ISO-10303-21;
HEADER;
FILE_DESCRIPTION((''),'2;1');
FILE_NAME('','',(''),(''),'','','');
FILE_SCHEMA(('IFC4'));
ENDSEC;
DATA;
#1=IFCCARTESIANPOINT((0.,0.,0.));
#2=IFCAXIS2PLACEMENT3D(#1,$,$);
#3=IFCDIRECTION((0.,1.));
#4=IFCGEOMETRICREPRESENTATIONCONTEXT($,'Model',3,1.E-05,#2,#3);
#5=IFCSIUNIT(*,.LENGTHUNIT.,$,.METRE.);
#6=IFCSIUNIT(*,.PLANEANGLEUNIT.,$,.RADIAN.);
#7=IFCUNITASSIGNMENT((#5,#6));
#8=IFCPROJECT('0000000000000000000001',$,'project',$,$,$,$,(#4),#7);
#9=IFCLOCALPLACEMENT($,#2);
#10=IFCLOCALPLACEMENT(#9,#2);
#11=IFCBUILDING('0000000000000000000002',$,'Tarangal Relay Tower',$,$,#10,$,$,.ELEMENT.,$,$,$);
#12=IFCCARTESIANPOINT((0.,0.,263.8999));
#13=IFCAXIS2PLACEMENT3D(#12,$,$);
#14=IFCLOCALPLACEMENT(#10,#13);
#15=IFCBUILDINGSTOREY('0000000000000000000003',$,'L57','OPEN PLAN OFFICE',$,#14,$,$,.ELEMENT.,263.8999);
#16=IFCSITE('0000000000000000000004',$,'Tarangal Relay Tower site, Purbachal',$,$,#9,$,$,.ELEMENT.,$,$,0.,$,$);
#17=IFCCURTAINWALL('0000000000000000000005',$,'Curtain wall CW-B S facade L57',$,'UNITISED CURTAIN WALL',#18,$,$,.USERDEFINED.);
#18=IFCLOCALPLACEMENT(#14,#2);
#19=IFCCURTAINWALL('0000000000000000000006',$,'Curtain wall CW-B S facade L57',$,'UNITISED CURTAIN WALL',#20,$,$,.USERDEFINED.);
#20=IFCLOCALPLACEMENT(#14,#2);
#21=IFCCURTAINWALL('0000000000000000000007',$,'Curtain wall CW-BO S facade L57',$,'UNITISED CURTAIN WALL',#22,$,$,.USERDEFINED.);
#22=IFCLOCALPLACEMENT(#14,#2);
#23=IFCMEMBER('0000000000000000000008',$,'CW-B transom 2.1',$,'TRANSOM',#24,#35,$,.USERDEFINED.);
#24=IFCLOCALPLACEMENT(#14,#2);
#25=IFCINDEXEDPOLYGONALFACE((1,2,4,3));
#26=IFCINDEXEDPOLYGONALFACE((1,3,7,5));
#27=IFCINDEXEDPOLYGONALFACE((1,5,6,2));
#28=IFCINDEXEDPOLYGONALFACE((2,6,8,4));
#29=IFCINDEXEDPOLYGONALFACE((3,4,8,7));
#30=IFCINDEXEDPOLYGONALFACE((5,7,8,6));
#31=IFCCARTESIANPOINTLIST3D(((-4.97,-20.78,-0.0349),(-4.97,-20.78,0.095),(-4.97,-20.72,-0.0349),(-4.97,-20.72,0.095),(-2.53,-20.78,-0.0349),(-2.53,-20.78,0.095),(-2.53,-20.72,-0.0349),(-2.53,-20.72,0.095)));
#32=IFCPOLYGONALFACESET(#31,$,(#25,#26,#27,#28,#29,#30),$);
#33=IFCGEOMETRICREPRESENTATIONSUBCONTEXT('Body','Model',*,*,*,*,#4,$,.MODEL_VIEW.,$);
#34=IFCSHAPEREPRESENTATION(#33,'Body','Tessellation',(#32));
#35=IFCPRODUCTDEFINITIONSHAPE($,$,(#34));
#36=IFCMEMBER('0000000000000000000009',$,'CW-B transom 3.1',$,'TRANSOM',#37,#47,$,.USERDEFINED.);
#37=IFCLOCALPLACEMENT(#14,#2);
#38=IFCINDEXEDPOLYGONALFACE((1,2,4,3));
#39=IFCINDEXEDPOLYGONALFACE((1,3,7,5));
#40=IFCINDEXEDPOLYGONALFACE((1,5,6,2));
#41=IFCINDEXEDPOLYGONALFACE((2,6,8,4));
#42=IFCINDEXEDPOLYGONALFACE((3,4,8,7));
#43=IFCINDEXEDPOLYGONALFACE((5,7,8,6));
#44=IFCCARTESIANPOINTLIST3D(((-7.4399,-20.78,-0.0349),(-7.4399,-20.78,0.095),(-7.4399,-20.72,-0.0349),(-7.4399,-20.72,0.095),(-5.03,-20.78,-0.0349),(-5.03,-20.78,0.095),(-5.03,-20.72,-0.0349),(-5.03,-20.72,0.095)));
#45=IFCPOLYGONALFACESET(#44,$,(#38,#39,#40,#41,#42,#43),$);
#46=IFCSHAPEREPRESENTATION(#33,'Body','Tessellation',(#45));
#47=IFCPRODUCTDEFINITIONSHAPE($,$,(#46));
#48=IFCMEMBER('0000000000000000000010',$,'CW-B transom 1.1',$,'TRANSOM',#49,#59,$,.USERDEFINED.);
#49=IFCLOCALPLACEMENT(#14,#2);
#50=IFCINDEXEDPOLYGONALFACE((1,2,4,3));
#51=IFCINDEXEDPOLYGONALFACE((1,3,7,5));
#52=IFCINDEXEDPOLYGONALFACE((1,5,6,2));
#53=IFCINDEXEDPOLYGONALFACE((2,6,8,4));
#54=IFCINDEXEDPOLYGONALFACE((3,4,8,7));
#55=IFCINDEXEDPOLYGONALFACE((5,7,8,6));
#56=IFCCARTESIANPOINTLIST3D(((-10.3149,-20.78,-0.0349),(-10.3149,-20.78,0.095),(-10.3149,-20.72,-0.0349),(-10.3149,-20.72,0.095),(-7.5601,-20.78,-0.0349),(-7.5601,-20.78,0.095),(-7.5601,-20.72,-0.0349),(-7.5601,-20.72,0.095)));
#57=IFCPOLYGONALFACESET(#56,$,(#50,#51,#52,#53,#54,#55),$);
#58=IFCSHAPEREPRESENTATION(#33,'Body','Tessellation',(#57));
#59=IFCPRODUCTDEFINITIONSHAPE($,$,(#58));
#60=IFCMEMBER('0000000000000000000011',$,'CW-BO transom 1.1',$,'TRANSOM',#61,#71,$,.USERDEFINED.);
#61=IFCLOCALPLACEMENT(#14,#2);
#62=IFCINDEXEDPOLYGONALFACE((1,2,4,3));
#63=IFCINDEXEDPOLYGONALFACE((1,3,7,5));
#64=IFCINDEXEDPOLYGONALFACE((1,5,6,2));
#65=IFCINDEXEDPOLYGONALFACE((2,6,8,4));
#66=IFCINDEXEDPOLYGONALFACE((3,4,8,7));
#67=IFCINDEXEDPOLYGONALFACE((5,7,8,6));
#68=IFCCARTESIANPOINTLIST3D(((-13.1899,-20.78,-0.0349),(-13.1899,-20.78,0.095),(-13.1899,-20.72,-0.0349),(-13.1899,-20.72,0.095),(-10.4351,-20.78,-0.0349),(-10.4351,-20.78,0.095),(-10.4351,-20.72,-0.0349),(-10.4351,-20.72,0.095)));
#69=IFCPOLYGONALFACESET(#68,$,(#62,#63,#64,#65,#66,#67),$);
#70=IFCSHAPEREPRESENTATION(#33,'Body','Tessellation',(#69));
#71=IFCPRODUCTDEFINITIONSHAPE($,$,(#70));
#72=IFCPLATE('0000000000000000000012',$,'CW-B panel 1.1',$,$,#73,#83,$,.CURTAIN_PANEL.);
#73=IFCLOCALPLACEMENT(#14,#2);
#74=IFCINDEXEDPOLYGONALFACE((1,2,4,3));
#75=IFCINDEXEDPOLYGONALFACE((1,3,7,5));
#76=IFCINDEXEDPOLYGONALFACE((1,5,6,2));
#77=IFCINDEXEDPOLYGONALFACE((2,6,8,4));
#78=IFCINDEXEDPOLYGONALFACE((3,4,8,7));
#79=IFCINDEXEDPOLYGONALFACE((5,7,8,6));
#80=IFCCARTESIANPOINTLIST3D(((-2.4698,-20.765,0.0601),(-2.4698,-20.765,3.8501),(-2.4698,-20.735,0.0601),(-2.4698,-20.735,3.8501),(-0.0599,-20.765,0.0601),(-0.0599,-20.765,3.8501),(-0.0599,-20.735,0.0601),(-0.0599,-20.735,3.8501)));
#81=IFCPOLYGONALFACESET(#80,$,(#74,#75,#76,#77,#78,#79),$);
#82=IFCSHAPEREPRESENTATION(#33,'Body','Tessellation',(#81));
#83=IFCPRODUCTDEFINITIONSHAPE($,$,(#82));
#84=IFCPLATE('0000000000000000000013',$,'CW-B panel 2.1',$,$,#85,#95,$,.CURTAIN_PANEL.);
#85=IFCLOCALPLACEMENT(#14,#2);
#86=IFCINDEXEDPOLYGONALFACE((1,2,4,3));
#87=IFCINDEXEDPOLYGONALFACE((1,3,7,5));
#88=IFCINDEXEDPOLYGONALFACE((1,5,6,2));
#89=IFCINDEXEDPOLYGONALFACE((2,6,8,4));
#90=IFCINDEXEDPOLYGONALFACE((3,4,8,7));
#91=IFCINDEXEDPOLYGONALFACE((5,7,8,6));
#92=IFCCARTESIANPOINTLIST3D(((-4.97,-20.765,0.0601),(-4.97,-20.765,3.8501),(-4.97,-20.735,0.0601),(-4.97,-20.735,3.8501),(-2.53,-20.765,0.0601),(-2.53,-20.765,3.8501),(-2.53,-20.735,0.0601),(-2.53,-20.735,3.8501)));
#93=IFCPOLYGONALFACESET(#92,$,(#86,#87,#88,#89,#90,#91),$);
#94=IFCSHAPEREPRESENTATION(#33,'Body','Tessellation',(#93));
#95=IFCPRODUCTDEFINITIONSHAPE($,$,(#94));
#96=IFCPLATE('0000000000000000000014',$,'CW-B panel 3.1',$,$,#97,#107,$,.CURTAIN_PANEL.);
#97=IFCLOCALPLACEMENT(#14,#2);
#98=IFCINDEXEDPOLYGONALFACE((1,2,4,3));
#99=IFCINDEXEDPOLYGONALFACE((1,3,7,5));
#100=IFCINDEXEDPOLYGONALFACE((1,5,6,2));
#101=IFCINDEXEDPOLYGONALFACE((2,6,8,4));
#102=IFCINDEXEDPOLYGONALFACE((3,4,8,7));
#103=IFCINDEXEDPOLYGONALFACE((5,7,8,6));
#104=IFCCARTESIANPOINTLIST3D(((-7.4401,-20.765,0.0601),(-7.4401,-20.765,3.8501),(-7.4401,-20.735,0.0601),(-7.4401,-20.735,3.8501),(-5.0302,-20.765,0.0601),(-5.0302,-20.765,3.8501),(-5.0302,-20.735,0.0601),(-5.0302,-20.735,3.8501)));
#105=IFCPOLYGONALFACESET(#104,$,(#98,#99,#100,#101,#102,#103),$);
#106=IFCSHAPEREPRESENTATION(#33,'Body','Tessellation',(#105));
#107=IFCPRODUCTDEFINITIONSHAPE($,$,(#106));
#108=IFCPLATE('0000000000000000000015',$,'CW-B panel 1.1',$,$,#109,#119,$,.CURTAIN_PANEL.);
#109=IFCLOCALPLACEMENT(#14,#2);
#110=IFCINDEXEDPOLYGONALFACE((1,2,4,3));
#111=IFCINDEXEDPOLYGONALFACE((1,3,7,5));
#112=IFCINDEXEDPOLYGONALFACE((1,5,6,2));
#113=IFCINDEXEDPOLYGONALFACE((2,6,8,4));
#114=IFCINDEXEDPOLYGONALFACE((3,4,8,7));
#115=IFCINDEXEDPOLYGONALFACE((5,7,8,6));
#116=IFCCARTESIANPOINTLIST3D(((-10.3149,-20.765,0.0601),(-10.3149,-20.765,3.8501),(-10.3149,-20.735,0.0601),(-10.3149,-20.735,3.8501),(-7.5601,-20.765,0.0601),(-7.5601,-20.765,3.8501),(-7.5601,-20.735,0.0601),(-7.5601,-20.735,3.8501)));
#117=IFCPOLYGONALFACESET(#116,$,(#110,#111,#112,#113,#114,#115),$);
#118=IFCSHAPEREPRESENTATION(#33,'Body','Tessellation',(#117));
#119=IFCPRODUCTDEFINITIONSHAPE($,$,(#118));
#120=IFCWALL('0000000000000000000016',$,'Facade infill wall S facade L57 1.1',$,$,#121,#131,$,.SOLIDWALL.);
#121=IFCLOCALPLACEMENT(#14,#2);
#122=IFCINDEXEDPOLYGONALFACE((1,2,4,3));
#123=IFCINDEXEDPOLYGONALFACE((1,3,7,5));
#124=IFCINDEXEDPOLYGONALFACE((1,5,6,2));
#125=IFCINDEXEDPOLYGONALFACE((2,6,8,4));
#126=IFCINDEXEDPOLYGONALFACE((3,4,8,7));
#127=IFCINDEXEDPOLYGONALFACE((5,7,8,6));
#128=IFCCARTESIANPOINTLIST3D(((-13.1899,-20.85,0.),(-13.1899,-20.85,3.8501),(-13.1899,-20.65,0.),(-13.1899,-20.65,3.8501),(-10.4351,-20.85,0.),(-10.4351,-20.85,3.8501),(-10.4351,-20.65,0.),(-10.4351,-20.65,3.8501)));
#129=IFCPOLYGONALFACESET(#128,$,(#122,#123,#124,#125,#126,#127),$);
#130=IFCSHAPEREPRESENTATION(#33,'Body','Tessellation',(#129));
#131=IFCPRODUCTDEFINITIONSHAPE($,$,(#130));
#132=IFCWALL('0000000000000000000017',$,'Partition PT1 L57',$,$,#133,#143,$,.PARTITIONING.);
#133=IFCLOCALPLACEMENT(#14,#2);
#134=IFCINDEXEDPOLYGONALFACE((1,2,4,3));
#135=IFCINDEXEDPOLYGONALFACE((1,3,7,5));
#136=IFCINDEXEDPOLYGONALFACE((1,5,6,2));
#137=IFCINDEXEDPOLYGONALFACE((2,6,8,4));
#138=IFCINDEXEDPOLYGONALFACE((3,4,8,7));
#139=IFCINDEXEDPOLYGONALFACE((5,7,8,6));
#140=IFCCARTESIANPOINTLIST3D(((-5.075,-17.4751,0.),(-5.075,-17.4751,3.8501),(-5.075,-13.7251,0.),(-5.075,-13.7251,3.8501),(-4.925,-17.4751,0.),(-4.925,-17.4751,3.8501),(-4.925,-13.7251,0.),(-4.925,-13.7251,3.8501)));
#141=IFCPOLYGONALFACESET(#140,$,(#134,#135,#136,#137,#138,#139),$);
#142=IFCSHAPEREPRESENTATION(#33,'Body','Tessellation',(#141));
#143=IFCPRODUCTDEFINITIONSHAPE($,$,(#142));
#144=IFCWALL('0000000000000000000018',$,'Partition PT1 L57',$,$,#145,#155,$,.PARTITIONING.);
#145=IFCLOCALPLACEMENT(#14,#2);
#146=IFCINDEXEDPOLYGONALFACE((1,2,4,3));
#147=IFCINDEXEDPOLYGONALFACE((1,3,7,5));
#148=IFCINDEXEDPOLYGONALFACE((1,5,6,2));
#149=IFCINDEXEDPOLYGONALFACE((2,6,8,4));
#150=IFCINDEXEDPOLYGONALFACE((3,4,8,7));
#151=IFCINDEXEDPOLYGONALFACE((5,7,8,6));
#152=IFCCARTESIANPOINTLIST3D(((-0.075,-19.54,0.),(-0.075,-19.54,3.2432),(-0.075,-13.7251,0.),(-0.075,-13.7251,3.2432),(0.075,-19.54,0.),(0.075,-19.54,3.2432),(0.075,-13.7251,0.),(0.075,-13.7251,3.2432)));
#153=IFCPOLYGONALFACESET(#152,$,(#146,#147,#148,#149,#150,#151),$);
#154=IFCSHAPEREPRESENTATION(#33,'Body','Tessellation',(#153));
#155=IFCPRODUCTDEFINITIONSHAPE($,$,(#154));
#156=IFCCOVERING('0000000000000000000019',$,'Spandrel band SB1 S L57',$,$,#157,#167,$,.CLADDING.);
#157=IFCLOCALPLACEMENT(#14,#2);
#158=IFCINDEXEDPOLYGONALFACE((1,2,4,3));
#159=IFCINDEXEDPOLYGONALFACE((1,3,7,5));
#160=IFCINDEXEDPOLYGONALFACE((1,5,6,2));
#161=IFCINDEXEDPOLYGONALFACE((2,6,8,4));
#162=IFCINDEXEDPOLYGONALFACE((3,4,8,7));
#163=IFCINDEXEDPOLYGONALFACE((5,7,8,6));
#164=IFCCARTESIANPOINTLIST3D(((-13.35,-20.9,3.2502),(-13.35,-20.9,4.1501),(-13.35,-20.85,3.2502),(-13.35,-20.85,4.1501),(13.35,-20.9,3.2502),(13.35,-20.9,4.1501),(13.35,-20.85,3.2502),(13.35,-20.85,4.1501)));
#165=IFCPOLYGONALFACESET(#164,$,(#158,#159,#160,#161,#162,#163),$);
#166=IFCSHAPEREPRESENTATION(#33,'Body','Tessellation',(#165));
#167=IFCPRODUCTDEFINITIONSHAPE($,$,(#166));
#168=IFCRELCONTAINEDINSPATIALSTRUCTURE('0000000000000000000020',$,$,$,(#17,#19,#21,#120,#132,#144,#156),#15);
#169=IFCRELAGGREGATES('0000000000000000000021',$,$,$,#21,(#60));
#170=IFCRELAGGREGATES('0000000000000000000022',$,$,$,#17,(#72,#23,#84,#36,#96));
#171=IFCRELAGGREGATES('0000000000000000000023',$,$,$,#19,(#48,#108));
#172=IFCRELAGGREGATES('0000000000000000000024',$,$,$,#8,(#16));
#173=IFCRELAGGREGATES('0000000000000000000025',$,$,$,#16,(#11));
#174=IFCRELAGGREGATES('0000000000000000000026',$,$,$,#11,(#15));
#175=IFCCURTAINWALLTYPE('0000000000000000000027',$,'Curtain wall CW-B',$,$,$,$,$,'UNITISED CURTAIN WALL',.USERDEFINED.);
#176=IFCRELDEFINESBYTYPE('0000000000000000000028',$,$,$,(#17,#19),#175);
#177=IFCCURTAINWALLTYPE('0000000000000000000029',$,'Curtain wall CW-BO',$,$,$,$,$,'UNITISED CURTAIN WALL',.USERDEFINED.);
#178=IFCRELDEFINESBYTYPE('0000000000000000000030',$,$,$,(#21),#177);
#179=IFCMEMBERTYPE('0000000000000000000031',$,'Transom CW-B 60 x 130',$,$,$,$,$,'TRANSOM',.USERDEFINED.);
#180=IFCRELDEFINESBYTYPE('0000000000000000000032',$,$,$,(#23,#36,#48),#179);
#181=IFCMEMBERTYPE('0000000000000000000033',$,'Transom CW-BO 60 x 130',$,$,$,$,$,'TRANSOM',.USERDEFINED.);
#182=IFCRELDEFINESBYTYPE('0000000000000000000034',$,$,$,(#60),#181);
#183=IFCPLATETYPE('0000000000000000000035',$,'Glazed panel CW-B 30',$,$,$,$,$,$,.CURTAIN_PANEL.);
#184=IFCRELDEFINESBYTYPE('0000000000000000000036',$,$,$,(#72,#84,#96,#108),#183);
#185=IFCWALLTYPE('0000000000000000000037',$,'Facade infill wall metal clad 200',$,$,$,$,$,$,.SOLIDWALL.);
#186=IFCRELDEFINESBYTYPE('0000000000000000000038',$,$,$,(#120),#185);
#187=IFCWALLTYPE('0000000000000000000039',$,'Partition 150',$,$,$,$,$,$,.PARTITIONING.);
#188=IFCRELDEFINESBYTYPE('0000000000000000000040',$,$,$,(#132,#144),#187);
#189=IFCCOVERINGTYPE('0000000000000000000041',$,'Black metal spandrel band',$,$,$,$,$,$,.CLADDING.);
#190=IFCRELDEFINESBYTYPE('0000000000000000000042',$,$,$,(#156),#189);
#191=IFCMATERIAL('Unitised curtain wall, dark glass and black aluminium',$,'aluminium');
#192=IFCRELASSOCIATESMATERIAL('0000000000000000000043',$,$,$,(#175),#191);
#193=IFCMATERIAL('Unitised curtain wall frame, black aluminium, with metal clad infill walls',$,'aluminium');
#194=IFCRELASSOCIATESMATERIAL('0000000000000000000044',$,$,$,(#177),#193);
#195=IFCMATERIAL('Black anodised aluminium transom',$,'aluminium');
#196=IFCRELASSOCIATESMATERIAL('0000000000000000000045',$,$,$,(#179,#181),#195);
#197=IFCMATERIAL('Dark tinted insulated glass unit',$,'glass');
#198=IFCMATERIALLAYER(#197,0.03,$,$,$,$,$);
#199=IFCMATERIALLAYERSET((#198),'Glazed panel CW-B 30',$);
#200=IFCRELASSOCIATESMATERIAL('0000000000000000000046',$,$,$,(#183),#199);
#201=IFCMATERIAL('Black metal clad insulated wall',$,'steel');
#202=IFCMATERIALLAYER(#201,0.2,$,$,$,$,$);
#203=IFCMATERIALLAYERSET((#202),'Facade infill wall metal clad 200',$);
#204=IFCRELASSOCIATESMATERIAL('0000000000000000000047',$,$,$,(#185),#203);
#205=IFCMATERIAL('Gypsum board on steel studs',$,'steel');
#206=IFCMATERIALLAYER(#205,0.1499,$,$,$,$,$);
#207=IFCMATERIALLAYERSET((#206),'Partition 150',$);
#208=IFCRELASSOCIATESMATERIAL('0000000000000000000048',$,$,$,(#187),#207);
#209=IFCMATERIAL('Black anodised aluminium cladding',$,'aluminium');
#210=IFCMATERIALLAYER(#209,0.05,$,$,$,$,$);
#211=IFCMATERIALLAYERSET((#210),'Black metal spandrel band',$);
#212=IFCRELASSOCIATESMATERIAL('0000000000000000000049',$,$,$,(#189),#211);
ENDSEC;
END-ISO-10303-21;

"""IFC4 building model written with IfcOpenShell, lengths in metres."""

from ifc_helpers import new_model, si_unit, direction, frame, frame_2d, origin, origin_2d, place, context, subcontext, project, spatial, rectangle, extrude, material, layer, layer_set, material_profile, profile_set, type_object, element, aggregate, save


model = new_model("IFC4")

# Units and contexts
model_context = context("Model", 3, precision=1e-05, world=origin(), true_north=direction((0.0, 1.0)))
body_context = subcontext(model_context, "Body", "Model", "MODEL_VIEW")
ifc_project = project(units=[si_unit("LENGTHUNIT", "METRE"), si_unit("PLANEANGLEUNIT", "RADIAN")], contexts=[model_context])

# Site, building, storey
site_placement = place(None, origin())
site = spatial("IfcSite", under=ifc_project, at=site_placement, Name="Tarangal Relay Tower site, Purbachal", CompositionType="ELEMENT", RefElevation=0.0)
building_placement = place(site_placement, origin())
building = spatial("IfcBuilding", under=site, at=building_placement, Name="Tarangal Relay Tower", CompositionType="ELEMENT")
storey_placement = place(building_placement, frame((0.0, 0.0, 263.8999)))
storey = spatial("IfcBuildingStorey", under=building, at=storey_placement, Name="L57", Description="OPEN PLAN OFFICE", CompositionType="ELEMENT", Elevation=263.8999)

# Curtain walls
ifc_material_1 = material(Name="Unitised curtain wall, dark glass and black aluminium", Category="aluminium")
curtain_wall_type_1 = type_object("IfcCurtainWallType", Name="Curtain wall CW-B", ElementType="UNITISED CURTAIN WALL", PredefinedType="USERDEFINED", material=ifc_material_1)
curtain_wall_1_placement = place(storey_placement, origin())
curtain_wall_1 = element("IfcCurtainWall", 1, at=curtain_wall_1_placement, inside=storey, type_object=curtain_wall_type_1, Name="Curtain wall CW-B S facade L57", ObjectType="UNITISED CURTAIN WALL", PredefinedType="USERDEFINED")
curtain_wall_2_placement = place(storey_placement, origin())
curtain_wall_2 = element("IfcCurtainWall", 2, at=curtain_wall_2_placement, inside=storey, type_object=curtain_wall_type_1, Name="Curtain wall CW-B S facade L57", ObjectType="UNITISED CURTAIN WALL", PredefinedType="USERDEFINED")

# Curtain wall
ifc_material_2 = material(Name="Unitised curtain wall frame, black aluminium, with metal clad infill walls", Category="aluminium")
curtain_wall_type_2 = type_object("IfcCurtainWallType", Name="Curtain wall CW-BO", ElementType="UNITISED CURTAIN WALL", PredefinedType="USERDEFINED", material=ifc_material_2)
curtain_wall_3_placement = place(storey_placement, origin())
curtain_wall_3 = element("IfcCurtainWall", 3, at=curtain_wall_3_placement, inside=storey, type_object=curtain_wall_type_2, Name="Curtain wall CW-BO S facade L57", ObjectType="UNITISED CURTAIN WALL", PredefinedType="USERDEFINED")

# Members
ifc_material_3 = material(Name="Black anodised aluminium transom", Category="aluminium")
ifc_material_profile_1 = material_profile(ifc_material_3, rectangle(XDim=0.0601, YDim=0.1299, at=origin_2d()), Name="CW-BT 60X130")
ifc_profile_set_1 = profile_set([ifc_material_profile_1], Name="Black anodised aluminium transom")
member_type_1 = type_object("IfcMemberType", Name="Transom CW-B 60 x 130", ElementType="TRANSOM", PredefinedType="USERDEFINED", material=ifc_profile_set_1)
member_1_placement = place(storey_placement, frame((-2.53, -20.75, 0.03), z_axis=(-1.0, 0.0, 0.0), x_axis=(0.0, -1.0, 0.0)))
member_1 = element("IfcMember", 4, at=member_1_placement, type_object=member_type_1, Name="CW-B transom 2.1", ObjectType="TRANSOM", PredefinedType="USERDEFINED", context=body_context, shape_type="SweptSolid", body=[
    extrude(rectangle(XDim=0.0601, YDim=0.1299, at=origin_2d()), origin(), (0.0, 0.0, 1.0), 2.4399),
])
member_2_placement = place(storey_placement, frame((-5.03, -20.75, 0.03), z_axis=(-1.0, 0.0, 0.0), x_axis=(0.0, -1.0, 0.0)))
member_2 = element("IfcMember", 5, at=member_2_placement, type_object=member_type_1, Name="CW-B transom 3.1", ObjectType="TRANSOM", PredefinedType="USERDEFINED", context=body_context, shape_type="SweptSolid", body=[
    extrude(rectangle(XDim=0.0601, YDim=0.1299, at=origin_2d()), origin(), (0.0, 0.0, 1.0), 2.4099),
])
member_3_placement = place(storey_placement, frame((-7.5601, -20.75, 0.03), z_axis=(-1.0, 0.0, 0.0), x_axis=(0.0, -1.0, 0.0)))
member_3 = element("IfcMember", 6, at=member_3_placement, type_object=member_type_1, Name="CW-B transom 1.1", ObjectType="TRANSOM", PredefinedType="USERDEFINED", context=body_context, shape_type="SweptSolid", body=[
    extrude(rectangle(XDim=0.0601, YDim=0.1299, at=origin_2d()), origin(), (0.0, 0.0, 1.0), 2.7549),
])
ifc_material_profile_2 = material_profile(ifc_material_3, rectangle(XDim=0.0601, YDim=0.1299, at=origin_2d()), Name="CW-BOT 60X130")
ifc_profile_set_2 = profile_set([ifc_material_profile_2], Name="Black anodised aluminium transom")
member_type_2 = type_object("IfcMemberType", Name="Transom CW-BO 60 x 130", ElementType="TRANSOM", PredefinedType="USERDEFINED", material=ifc_profile_set_2)
member_4_placement = place(storey_placement, frame((-10.4351, -20.75, 0.03), z_axis=(-1.0, 0.0, 0.0), x_axis=(0.0, -1.0, 0.0)))
member_4 = element("IfcMember", 7, at=member_4_placement, type_object=member_type_2, Name="CW-BO transom 1.1", ObjectType="TRANSOM", PredefinedType="USERDEFINED", context=body_context, shape_type="SweptSolid", body=[
    extrude(rectangle(XDim=0.0601, YDim=0.1299, at=origin_2d()), origin(), (0.0, 0.0, 1.0), 2.7549),
])
aggregate(curtain_wall_3, [member_4])

# Plates
ifc_material_4 = material(Name="Dark tinted insulated glass unit", Category="glass")
ifc_layer_1 = layer(ifc_material_4, 0.03)
ifc_layer_set_1 = layer_set([ifc_layer_1], Name="Glazed panel CW-B 30")
plate_type = type_object("IfcPlateType", Name="Glazed panel CW-B 30", PredefinedType="CURTAIN_PANEL", material=ifc_layer_set_1)
plate_1_placement = place(storey_placement, frame((-1.2649, -20.75, 0.0601), z_axis=(0.0, 0.0, 1.0), x_axis=(-1.0, 0.0, 0.0)))
plate_1 = element("IfcPlate", 8, at=plate_1_placement, type_object=plate_type, Name="CW-B panel 1.1", PredefinedType="CURTAIN_PANEL", context=body_context, shape_type="SweptSolid", body=[
    extrude(rectangle(XDim=2.4099, YDim=0.03, at=origin_2d()), origin(), (0.0, 0.0, 1.0), 3.79),
])
plate_2_placement = place(storey_placement, frame((-3.75, -20.75, 0.0601), z_axis=(0.0, 0.0, 1.0), x_axis=(-1.0, 0.0, 0.0)))
plate_2 = element("IfcPlate", 9, at=plate_2_placement, type_object=plate_type, Name="CW-B panel 2.1", PredefinedType="CURTAIN_PANEL", context=body_context, shape_type="SweptSolid", body=[
    extrude(rectangle(XDim=2.4399, YDim=0.03, at=origin_2d()), origin(), (0.0, 0.0, 1.0), 3.79),
])
plate_3_placement = place(storey_placement, frame((-6.2351, -20.75, 0.0601), z_axis=(0.0, 0.0, 1.0), x_axis=(-1.0, 0.0, 0.0)))
plate_3 = element("IfcPlate", 10, at=plate_3_placement, type_object=plate_type, Name="CW-B panel 3.1", PredefinedType="CURTAIN_PANEL", context=body_context, shape_type="SweptSolid", body=[
    extrude(rectangle(XDim=2.4099, YDim=0.03, at=origin_2d()), origin(), (0.0, 0.0, 1.0), 3.79),
])
aggregate(curtain_wall_1, [plate_1, member_1, plate_2, member_2, plate_3])
plate_4_placement = place(storey_placement, frame((-8.9375, -20.75, 0.0601), z_axis=(0.0, 0.0, 1.0), x_axis=(-1.0, 0.0, 0.0)))
plate_4 = element("IfcPlate", 11, at=plate_4_placement, type_object=plate_type, Name="CW-B panel 1.1", PredefinedType="CURTAIN_PANEL", context=body_context, shape_type="SweptSolid", body=[
    extrude(rectangle(XDim=2.7549, YDim=0.03, at=origin_2d()), origin(), (0.0, 0.0, 1.0), 3.79),
])
aggregate(curtain_wall_2, [member_3, plate_4])

# Walls
ifc_material_5 = material(Name="Black metal clad insulated wall", Category="steel")
ifc_layer_2 = layer(ifc_material_5, 0.2)
ifc_layer_set_2 = layer_set([ifc_layer_2], Name="Facade infill wall metal clad 200")
wall_type_1 = type_object("IfcWallType", Name="Facade infill wall metal clad 200", PredefinedType="SOLIDWALL", material=ifc_layer_set_2)
wall_1_placement = place(storey_placement, frame((-10.4351, -20.75, 0.0), z_axis=(0.0, 0.0, 1.0), x_axis=(-1.0, 0.0, 0.0)))
element("IfcWall", 12, at=wall_1_placement, inside=storey, type_object=wall_type_1, Name="Facade infill wall S facade L57 1.1", PredefinedType="SOLIDWALL", context=body_context, shape_type="SweptSolid", body=[
    extrude(rectangle(XDim=2.7549, YDim=0.2, at=frame_2d((1.3774, 0.0))), origin(), (0.0, 0.0, 1.0), 3.8501),
])
ifc_material_6 = material(Name="Gypsum board on steel studs", Category="steel")
ifc_layer_3 = layer(ifc_material_6, 0.1499)
ifc_layer_set_3 = layer_set([ifc_layer_3], Name="Partition 150")
wall_type_2 = type_object("IfcWallType", Name="Partition 150", PredefinedType="PARTITIONING", material=ifc_layer_set_3)
wall_2_placement = place(storey_placement, frame((-5.0, -17.4751, 0.0), z_axis=(0.0, 0.0, 1.0), x_axis=(0.0, 1.0, 0.0)))
element("IfcWall", 13, at=wall_2_placement, inside=storey, type_object=wall_type_2, Name="Partition PT1 L57", PredefinedType="PARTITIONING", context=body_context, shape_type="SweptSolid", body=[
    extrude(rectangle(XDim=3.75, YDim=0.1499, at=frame_2d((1.875, 0.0))), origin(), (0.0, 0.0, 1.0), 3.8501),
])
wall_3_placement = place(storey_placement, frame((0.0, -19.54, 0.0), z_axis=(0.0, 0.0, 1.0), x_axis=(0.0, 1.0, 0.0)))
element("IfcWall", 14, at=wall_3_placement, inside=storey, type_object=wall_type_2, Name="Partition PT1 L57", PredefinedType="PARTITIONING", context=body_context, shape_type="SweptSolid", body=[
    extrude(rectangle(XDim=5.8149, YDim=0.1499, at=frame_2d((2.9075, 0.0))), origin(), (0.0, 0.0, 1.0), 3.2432),
])

# Covering
ifc_material_7 = material(Name="Black anodised aluminium cladding", Category="aluminium")
ifc_layer_4 = layer(ifc_material_7, 0.05)
ifc_layer_set_4 = layer_set([ifc_layer_4], Name="Black metal spandrel band")
covering_type = type_object("IfcCoveringType", Name="Black metal spandrel band", PredefinedType="CLADDING", material=ifc_layer_set_4)
covering_placement = place(storey_placement, frame((0.0, -20.875, 3.2502), z_axis=(0.0, 0.0, 1.0), x_axis=(-1.0, 0.0, 0.0)))
element("IfcCovering", 15, at=covering_placement, inside=storey, type_object=covering_type, Name="Spandrel band SB1 S L57", PredefinedType="CLADDING", context=body_context, shape_type="SweptSolid", body=[
    extrude(rectangle(XDim=26.7, YDim=0.05, at=origin_2d()), origin(), (0.0, 0.0, 1.0), 0.8999),
])

save(model, "model.ifc")
